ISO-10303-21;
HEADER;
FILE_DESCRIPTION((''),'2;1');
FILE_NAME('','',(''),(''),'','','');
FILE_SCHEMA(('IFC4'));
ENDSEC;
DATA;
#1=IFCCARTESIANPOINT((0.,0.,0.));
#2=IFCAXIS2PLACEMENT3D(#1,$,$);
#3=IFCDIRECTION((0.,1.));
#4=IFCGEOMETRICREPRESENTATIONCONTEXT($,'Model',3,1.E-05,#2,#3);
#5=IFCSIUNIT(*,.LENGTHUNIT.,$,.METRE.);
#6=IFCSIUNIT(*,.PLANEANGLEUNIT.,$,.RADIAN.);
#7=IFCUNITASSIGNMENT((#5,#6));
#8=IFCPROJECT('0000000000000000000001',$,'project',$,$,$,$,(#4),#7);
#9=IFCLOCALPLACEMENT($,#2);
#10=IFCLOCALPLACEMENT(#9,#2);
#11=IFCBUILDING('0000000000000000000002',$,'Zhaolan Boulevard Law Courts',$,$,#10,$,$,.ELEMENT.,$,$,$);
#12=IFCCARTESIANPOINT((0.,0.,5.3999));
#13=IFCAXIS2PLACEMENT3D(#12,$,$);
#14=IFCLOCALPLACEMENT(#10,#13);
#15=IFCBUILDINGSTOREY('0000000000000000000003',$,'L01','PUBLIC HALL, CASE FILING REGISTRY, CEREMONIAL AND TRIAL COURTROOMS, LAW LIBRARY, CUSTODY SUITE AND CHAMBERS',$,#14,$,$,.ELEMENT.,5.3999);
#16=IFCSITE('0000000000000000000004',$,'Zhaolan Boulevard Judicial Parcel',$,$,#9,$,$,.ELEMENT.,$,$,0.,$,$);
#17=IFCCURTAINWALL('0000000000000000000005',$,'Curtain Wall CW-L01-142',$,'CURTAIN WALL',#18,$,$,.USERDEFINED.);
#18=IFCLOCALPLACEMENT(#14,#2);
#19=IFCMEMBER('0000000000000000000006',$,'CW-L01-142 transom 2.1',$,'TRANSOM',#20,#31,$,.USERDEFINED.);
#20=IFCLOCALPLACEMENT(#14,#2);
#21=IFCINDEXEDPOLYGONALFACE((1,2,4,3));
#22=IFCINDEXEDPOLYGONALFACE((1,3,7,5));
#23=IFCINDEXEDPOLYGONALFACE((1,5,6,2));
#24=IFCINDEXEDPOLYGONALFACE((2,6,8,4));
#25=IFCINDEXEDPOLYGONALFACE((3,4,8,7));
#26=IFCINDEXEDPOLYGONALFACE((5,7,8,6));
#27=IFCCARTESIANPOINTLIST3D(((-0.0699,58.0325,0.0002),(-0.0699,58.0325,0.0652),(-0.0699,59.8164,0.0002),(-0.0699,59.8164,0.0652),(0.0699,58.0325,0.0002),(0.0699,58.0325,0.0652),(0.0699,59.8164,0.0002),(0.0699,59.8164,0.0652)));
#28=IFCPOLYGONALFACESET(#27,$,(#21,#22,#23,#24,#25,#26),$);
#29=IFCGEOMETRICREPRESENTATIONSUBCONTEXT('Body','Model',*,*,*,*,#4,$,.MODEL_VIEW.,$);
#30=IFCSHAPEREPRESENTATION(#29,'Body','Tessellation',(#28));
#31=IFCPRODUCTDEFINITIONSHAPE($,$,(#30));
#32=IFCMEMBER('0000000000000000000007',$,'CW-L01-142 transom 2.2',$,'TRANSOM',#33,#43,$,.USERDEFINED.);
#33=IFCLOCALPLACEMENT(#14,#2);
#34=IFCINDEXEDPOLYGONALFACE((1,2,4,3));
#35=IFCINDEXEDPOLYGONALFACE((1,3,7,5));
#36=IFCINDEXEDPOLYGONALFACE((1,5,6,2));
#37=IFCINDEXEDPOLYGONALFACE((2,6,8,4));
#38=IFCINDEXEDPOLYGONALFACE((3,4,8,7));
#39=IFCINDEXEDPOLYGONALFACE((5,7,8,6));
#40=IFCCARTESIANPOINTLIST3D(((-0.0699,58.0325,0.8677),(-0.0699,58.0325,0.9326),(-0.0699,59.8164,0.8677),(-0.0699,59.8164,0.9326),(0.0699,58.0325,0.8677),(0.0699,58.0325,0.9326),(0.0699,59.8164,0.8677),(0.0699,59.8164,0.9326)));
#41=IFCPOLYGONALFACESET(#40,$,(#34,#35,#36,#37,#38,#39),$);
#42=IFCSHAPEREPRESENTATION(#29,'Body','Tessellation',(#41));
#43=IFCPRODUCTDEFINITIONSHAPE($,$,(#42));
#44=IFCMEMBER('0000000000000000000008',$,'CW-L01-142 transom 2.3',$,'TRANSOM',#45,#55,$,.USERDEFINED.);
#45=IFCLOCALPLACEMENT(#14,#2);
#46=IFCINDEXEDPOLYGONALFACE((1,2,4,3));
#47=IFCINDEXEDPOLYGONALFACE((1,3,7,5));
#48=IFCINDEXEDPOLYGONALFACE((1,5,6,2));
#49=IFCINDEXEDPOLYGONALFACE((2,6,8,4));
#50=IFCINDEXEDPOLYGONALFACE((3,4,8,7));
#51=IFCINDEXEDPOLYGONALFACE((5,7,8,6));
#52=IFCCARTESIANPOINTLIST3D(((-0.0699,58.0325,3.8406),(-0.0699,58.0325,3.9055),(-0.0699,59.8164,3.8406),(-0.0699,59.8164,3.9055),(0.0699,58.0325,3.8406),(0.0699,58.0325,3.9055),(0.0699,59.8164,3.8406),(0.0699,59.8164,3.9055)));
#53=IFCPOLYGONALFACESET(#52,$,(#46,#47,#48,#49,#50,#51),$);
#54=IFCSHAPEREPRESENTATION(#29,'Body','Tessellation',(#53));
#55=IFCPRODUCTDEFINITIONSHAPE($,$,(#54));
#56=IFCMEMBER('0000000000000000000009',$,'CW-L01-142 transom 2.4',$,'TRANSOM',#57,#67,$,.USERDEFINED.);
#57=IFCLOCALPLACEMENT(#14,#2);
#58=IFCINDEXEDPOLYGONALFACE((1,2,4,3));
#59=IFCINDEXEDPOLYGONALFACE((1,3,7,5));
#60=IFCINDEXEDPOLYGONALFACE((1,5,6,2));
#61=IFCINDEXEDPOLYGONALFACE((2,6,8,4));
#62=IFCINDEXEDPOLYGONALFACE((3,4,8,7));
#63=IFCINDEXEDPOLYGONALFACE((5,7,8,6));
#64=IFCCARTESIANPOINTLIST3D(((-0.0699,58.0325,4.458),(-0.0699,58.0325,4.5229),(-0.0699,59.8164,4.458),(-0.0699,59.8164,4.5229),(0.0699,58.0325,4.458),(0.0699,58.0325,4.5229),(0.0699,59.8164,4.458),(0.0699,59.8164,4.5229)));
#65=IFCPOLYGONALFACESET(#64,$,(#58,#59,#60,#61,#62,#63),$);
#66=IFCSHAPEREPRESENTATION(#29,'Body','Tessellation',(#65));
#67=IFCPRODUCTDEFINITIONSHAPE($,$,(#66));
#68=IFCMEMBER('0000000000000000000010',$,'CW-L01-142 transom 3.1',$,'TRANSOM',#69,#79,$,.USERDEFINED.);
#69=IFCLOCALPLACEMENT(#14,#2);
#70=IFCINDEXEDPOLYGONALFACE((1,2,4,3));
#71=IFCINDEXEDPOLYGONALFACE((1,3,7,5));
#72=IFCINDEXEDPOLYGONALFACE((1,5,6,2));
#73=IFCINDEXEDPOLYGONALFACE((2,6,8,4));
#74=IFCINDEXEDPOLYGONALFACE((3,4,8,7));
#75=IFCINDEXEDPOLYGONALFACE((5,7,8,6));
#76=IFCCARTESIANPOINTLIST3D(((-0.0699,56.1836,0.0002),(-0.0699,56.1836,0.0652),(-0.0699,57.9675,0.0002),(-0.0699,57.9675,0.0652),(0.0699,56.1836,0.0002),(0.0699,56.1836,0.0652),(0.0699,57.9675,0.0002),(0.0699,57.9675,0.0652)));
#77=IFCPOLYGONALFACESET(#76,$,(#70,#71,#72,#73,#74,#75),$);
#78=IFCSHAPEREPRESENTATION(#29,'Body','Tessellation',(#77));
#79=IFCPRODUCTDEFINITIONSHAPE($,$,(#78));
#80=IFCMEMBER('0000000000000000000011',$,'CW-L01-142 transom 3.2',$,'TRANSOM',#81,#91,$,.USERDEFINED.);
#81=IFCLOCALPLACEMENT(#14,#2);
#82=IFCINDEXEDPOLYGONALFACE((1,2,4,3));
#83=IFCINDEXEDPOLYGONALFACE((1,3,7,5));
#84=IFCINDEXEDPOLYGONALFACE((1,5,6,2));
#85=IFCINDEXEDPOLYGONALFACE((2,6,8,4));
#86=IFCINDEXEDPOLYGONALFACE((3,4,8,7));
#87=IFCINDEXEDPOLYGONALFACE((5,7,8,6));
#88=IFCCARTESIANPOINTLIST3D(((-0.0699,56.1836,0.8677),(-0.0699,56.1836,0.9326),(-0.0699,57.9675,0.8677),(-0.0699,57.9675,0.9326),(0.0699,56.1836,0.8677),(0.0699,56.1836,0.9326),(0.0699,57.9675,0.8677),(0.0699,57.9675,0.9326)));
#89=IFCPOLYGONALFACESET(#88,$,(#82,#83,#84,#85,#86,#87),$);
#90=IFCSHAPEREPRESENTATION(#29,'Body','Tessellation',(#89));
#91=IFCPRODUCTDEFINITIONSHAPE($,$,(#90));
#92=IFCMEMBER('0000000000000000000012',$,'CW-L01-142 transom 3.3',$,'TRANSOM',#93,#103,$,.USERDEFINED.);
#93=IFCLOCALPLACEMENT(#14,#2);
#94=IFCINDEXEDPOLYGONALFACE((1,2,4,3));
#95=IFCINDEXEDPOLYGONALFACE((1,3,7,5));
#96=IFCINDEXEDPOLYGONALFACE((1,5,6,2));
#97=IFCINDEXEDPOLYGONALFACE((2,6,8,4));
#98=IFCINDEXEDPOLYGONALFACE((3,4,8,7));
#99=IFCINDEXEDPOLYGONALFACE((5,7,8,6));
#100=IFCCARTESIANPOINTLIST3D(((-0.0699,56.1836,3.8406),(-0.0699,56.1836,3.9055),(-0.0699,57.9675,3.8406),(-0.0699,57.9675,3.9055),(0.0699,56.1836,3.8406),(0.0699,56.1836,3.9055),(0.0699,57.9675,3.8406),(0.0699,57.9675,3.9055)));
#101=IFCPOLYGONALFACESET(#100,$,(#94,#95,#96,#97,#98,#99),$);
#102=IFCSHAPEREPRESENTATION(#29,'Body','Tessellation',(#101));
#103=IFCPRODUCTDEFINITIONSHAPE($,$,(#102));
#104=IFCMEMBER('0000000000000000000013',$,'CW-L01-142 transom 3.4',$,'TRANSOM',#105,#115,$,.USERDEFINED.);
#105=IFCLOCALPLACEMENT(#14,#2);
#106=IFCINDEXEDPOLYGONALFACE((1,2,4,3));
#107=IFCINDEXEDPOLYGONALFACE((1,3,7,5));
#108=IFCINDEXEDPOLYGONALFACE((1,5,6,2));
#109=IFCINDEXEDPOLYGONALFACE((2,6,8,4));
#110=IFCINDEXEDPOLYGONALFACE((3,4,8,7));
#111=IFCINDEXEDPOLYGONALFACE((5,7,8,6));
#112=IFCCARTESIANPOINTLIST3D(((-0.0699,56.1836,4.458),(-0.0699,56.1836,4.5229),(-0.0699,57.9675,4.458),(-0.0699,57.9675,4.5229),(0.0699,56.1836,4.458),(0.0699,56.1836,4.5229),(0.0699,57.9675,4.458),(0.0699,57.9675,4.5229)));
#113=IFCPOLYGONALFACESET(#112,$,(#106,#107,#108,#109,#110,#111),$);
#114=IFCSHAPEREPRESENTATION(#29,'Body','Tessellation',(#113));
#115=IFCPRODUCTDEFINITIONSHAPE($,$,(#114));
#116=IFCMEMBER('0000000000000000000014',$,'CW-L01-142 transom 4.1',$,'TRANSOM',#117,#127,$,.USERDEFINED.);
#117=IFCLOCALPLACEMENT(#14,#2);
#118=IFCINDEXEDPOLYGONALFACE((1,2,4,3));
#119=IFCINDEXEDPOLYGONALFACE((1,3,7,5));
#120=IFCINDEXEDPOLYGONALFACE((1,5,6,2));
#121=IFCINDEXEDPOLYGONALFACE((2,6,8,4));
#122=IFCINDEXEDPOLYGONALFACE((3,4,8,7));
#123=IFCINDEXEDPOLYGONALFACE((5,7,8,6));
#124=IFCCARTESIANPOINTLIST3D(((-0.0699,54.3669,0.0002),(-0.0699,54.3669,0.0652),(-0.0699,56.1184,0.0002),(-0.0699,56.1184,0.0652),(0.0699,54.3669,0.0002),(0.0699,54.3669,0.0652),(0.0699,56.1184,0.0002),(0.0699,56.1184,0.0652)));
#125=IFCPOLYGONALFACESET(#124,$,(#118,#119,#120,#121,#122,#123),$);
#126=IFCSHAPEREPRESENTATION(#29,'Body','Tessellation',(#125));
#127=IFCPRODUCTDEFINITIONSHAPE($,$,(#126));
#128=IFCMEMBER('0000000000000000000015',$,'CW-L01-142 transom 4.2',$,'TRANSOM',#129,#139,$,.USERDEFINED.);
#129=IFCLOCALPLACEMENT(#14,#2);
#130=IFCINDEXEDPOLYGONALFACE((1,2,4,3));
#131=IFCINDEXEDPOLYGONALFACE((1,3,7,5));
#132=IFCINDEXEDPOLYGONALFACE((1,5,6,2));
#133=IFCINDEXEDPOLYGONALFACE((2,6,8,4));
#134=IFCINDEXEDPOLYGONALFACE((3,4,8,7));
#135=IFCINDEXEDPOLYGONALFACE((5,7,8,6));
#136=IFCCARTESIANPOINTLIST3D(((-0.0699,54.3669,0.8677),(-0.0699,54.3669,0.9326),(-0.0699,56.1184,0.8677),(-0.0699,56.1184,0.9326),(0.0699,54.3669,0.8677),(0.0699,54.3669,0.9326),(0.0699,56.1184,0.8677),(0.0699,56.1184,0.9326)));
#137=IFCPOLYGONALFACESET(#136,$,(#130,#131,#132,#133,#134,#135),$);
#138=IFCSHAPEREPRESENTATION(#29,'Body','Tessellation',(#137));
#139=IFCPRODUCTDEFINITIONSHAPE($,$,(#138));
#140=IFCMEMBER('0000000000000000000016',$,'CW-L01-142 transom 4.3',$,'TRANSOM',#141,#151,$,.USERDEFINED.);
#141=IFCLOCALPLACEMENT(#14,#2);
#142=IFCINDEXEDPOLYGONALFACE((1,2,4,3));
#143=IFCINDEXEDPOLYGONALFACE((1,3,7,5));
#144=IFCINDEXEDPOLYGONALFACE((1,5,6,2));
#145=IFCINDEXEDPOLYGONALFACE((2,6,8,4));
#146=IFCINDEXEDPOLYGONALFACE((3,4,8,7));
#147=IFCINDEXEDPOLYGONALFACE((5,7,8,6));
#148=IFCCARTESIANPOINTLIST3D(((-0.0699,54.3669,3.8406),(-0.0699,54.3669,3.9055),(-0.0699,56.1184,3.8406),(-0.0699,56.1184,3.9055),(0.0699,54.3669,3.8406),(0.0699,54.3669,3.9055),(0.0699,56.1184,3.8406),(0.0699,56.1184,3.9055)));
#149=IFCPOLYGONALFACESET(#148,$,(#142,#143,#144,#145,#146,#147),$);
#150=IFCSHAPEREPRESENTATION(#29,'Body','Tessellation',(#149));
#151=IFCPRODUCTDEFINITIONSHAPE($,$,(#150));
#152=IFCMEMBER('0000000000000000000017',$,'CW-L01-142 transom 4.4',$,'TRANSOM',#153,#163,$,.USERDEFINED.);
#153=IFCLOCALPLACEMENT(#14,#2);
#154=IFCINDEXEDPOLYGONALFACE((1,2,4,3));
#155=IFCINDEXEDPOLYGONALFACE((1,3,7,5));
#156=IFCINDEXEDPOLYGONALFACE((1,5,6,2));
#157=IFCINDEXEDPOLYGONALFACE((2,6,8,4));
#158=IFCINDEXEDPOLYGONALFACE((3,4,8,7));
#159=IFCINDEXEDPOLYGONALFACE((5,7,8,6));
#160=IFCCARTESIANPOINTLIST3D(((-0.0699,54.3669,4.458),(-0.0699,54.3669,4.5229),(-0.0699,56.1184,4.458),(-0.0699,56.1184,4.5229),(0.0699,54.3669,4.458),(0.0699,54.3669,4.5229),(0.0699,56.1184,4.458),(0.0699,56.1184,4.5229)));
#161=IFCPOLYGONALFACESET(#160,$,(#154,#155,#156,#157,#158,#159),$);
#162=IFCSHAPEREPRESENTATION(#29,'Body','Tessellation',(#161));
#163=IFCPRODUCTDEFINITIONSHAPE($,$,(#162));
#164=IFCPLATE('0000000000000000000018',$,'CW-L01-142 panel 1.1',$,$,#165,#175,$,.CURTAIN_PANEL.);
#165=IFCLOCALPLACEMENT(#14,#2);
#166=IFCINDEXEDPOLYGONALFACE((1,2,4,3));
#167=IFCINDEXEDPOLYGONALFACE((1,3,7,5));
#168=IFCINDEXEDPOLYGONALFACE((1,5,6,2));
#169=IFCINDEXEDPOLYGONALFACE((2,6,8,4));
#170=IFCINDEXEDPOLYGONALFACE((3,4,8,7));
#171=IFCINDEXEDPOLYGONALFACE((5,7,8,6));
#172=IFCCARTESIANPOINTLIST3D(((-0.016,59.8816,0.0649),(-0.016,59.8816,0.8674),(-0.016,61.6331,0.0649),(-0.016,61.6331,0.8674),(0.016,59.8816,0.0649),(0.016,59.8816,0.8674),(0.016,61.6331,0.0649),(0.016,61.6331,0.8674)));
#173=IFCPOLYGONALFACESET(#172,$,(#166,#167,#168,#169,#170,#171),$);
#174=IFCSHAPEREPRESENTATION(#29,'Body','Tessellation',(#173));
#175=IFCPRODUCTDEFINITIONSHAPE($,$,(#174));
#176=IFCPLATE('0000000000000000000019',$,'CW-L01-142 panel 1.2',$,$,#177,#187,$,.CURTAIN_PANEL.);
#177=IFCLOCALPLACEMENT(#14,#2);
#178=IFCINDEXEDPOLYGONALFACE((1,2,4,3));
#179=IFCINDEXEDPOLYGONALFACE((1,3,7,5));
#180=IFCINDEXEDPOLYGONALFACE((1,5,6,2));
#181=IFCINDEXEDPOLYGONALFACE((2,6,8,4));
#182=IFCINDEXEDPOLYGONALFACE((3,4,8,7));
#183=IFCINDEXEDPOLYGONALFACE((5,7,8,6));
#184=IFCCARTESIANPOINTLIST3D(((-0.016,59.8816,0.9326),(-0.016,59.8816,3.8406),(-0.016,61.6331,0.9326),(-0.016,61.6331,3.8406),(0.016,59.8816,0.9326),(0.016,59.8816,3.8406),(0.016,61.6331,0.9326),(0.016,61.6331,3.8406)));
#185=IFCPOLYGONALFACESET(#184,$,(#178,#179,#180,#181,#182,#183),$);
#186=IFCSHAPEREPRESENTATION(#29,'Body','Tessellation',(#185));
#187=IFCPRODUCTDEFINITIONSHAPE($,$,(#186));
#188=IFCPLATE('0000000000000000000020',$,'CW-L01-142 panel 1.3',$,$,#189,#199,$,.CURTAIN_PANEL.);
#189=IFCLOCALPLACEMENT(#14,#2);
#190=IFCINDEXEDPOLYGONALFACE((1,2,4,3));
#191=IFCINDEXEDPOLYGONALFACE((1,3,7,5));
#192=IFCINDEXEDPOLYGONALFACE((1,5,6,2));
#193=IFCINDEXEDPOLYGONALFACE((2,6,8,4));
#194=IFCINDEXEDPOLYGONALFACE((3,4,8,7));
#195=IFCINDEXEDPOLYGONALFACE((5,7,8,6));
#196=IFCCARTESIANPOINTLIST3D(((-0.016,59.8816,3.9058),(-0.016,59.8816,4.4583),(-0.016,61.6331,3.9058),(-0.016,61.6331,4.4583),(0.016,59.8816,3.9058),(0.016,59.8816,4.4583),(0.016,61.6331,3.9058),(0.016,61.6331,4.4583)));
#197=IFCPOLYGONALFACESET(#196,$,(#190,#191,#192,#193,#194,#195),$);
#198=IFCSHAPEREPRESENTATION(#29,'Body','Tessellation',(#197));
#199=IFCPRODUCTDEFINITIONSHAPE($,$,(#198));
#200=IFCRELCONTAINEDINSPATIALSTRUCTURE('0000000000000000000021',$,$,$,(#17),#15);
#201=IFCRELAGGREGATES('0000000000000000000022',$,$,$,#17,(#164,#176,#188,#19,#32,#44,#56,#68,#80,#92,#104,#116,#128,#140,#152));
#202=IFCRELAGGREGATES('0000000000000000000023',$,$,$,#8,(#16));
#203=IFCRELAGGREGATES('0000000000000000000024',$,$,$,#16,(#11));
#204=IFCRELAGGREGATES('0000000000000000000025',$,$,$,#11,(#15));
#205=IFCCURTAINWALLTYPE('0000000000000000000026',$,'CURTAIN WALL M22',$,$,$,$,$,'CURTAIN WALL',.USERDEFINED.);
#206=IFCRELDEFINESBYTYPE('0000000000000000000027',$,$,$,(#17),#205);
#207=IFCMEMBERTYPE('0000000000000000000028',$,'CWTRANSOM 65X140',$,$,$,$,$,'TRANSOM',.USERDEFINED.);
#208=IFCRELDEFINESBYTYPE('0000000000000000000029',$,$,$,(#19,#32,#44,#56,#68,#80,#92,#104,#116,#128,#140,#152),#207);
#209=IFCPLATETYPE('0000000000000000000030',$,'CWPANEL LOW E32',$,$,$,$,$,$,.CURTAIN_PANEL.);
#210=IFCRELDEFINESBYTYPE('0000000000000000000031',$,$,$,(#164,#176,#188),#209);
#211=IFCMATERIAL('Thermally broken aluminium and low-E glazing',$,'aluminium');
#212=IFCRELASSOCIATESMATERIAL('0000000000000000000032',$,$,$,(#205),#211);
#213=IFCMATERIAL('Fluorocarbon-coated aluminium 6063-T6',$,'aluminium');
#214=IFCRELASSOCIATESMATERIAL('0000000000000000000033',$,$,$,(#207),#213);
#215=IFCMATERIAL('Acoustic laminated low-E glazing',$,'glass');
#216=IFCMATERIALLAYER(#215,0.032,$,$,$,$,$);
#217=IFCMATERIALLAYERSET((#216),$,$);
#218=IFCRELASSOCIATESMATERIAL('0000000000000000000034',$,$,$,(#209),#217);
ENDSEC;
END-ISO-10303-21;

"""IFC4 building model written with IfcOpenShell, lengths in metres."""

from ifc_helpers import new_model, si_unit, direction, frame, origin, origin_2d, place, context, subcontext, project, spatial, rectangle, extrude, material, layer, layer_set, material_profile, profile_set, type_object, element, aggregate, save


model = new_model("IFC4")

# Units and contexts
model_context = context("Model", 3, precision=1e-05, world=origin(), true_north=direction((0.0, 1.0)))
body_context = subcontext(model_context, "Body", "Model", "MODEL_VIEW")
ifc_project = project(units=[si_unit("LENGTHUNIT", "METRE"), si_unit("PLANEANGLEUNIT", "RADIAN")], contexts=[model_context])

# Site, building, storey
site_placement = place(None, origin())
site = spatial("IfcSite", under=ifc_project, at=site_placement, Name="Zhaolan Boulevard Judicial Parcel", CompositionType="ELEMENT", RefElevation=0.0)
building_placement = place(site_placement, origin())
building = spatial("IfcBuilding", under=site, at=building_placement, Name="Zhaolan Boulevard Law Courts", CompositionType="ELEMENT")
storey_placement = place(building_placement, frame((0.0, 0.0, 5.3999)))
storey = spatial("IfcBuildingStorey", under=building, at=storey_placement, Name="L01", Description="PUBLIC HALL, CASE FILING REGISTRY, CEREMONIAL AND TRIAL COURTROOMS, LAW LIBRARY, CUSTODY SUITE AND CHAMBERS", CompositionType="ELEMENT", Elevation=5.3999)

# Curtain wall, members, plates
ifc_material_1 = material(Name="Thermally broken aluminium and low-E glazing", Category="aluminium")
curtain_wall_type = type_object("IfcCurtainWallType", Name="CURTAIN WALL M22", ElementType="CURTAIN WALL", PredefinedType="USERDEFINED", material=ifc_material_1)
curtain_wall_placement = place(storey_placement, origin())
curtain_wall = element("IfcCurtainWall", 1, at=curtain_wall_placement, inside=storey, type_object=curtain_wall_type, Name="Curtain Wall CW-L01-142", ObjectType="CURTAIN WALL", PredefinedType="USERDEFINED")
ifc_material_2 = material(Name="Fluorocarbon-coated aluminium 6063-T6", Category="aluminium")
ifc_material_profile_1 = material_profile(ifc_material_2, rectangle(XDim=0.1399, YDim=0.0649, at=origin_2d()), Name="AL65x140")
ifc_profile_set_1 = profile_set([ifc_material_profile_1], Name="Fluorocarbon-coated aluminium 6063-T6")
member_type_1 = type_object("IfcMemberType", Name="CWTRANSOM 65X140", ElementType="TRANSOM", PredefinedType="USERDEFINED", material=ifc_profile_set_1)
member_1_placement = place(storey_placement, frame((0.0, 59.8164, 0.0327), z_axis=(0.0, -1.0, 0.0), x_axis=(1.0, 0.0, 0.0)))
member_1 = element("IfcMember", 2, at=member_1_placement, type_object=member_type_1, Name="CW-L01-142 transom 2.1", ObjectType="TRANSOM", PredefinedType="USERDEFINED", context=body_context, shape_type="SweptSolid", body=[
    extrude(rectangle(XDim=0.1399, YDim=0.0649, at=origin_2d()), origin(), (0.0, 0.0, 1.0), 1.7839),
])
member_2_placement = place(storey_placement, frame((0.0, 59.8164, 0.9001), z_axis=(0.0, -1.0, 0.0), x_axis=(1.0, 0.0, 0.0)))
member_2 = element("IfcMember", 3, at=member_2_placement, type_object=member_type_1, Name="CW-L01-142 transom 2.2", ObjectType="TRANSOM", PredefinedType="USERDEFINED", context=body_context, shape_type="SweptSolid", body=[
    extrude(rectangle(XDim=0.1399, YDim=0.0649, at=origin_2d()), origin(), (0.0, 0.0, 1.0), 1.7839),
])
member_3_placement = place(storey_placement, frame((0.0, 59.8164, 3.873), z_axis=(0.0, -1.0, 0.0), x_axis=(1.0, 0.0, 0.0)))
member_3 = element("IfcMember", 4, at=member_3_placement, type_object=member_type_1, Name="CW-L01-142 transom 2.3", ObjectType="TRANSOM", PredefinedType="USERDEFINED", context=body_context, shape_type="SweptSolid", body=[
    extrude(rectangle(XDim=0.1399, YDim=0.0649, at=origin_2d()), origin(), (0.0, 0.0, 1.0), 1.7839),
])
member_4_placement = place(storey_placement, frame((0.0, 59.8164, 4.4905), z_axis=(0.0, -1.0, 0.0), x_axis=(1.0, 0.0, 0.0)))
member_4 = element("IfcMember", 5, at=member_4_placement, type_object=member_type_1, Name="CW-L01-142 transom 2.4", ObjectType="TRANSOM", PredefinedType="USERDEFINED", context=body_context, shape_type="SweptSolid", body=[
    extrude(rectangle(XDim=0.1399, YDim=0.0649, at=origin_2d()), origin(), (0.0, 0.0, 1.0), 1.7839),
])
member_5_placement = place(storey_placement, frame((0.0, 57.9675, 0.0327), z_axis=(0.0, -1.0, 0.0), x_axis=(1.0, 0.0, 0.0)))
member_5 = element("IfcMember", 6, at=member_5_placement, type_object=member_type_1, Name="CW-L01-142 transom 3.1", ObjectType="TRANSOM", PredefinedType="USERDEFINED", context=body_context, shape_type="SweptSolid", body=[
    extrude(rectangle(XDim=0.1399, YDim=0.0649, at=origin_2d()), origin(), (0.0, 0.0, 1.0), 1.7839),
])
member_6_placement = place(storey_placement, frame((0.0, 57.9675, 0.9001), z_axis=(0.0, -1.0, 0.0), x_axis=(1.0, 0.0, 0.0)))
member_6 = element("IfcMember", 7, at=member_6_placement, type_object=member_type_1, Name="CW-L01-142 transom 3.2", ObjectType="TRANSOM", PredefinedType="USERDEFINED", context=body_context, shape_type="SweptSolid", body=[
    extrude(rectangle(XDim=0.1399, YDim=0.0649, at=origin_2d()), origin(), (0.0, 0.0, 1.0), 1.7839),
])
member_7_placement = place(storey_placement, frame((0.0, 57.9675, 3.873), z_axis=(0.0, -1.0, 0.0), x_axis=(1.0, 0.0, 0.0)))
member_7 = element("IfcMember", 8, at=member_7_placement, type_object=member_type_1, Name="CW-L01-142 transom 3.3", ObjectType="TRANSOM", PredefinedType="USERDEFINED", context=body_context, shape_type="SweptSolid", body=[
    extrude(rectangle(XDim=0.1399, YDim=0.0649, at=origin_2d()), origin(), (0.0, 0.0, 1.0), 1.7839),
])
member_8_placement = place(storey_placement, frame((0.0, 57.9675, 4.4905), z_axis=(0.0, -1.0, 0.0), x_axis=(1.0, 0.0, 0.0)))
member_8 = element("IfcMember", 9, at=member_8_placement, type_object=member_type_1, Name="CW-L01-142 transom 3.4", ObjectType="TRANSOM", PredefinedType="USERDEFINED", context=body_context, shape_type="SweptSolid", body=[
    extrude(rectangle(XDim=0.1399, YDim=0.0649, at=origin_2d()), origin(), (0.0, 0.0, 1.0), 1.7839),
])
member_9_placement = place(storey_placement, frame((0.0, 56.1184, 0.0327), z_axis=(0.0, -1.0, 0.0), x_axis=(1.0, 0.0, 0.0)))
member_9 = element("IfcMember", 10, at=member_9_placement, type_object=member_type_1, Name="CW-L01-142 transom 4.1", ObjectType="TRANSOM", PredefinedType="USERDEFINED", context=body_context, shape_type="SweptSolid", body=[
    extrude(rectangle(XDim=0.1399, YDim=0.0649, at=origin_2d()), origin(), (0.0, 0.0, 1.0), 1.7515),
])
member_10_placement = place(storey_placement, frame((0.0, 56.1184, 0.9001), z_axis=(0.0, -1.0, 0.0), x_axis=(1.0, 0.0, 0.0)))
member_10 = element("IfcMember", 11, at=member_10_placement, type_object=member_type_1, Name="CW-L01-142 transom 4.2", ObjectType="TRANSOM", PredefinedType="USERDEFINED", context=body_context, shape_type="SweptSolid", body=[
    extrude(rectangle(XDim=0.1399, YDim=0.0649, at=origin_2d()), origin(), (0.0, 0.0, 1.0), 1.7515),
])
member_11_placement = place(storey_placement, frame((0.0, 56.1184, 3.873), z_axis=(0.0, -1.0, 0.0), x_axis=(1.0, 0.0, 0.0)))
member_11 = element("IfcMember", 12, at=member_11_placement, type_object=member_type_1, Name="CW-L01-142 transom 4.3", ObjectType="TRANSOM", PredefinedType="USERDEFINED", context=body_context, shape_type="SweptSolid", body=[
    extrude(rectangle(XDim=0.1399, YDim=0.0649, at=origin_2d()), origin(), (0.0, 0.0, 1.0), 1.7515),
])
member_12_placement = place(storey_placement, frame((0.0, 56.1184, 4.4905), z_axis=(0.0, -1.0, 0.0), x_axis=(1.0, 0.0, 0.0)))
member_12 = element("IfcMember", 13, at=member_12_placement, type_object=member_type_1, Name="CW-L01-142 transom 4.4", ObjectType="TRANSOM", PredefinedType="USERDEFINED", context=body_context, shape_type="SweptSolid", body=[
    extrude(rectangle(XDim=0.1399, YDim=0.0649, at=origin_2d()), origin(), (0.0, 0.0, 1.0), 1.7515),
])
ifc_material_3 = material(Name="Acoustic laminated low-E glazing", Category="glass")
ifc_layer_1 = layer(ifc_material_3, 0.032)
ifc_layer_set_1 = layer_set([ifc_layer_1])
plate_type_1 = type_object("IfcPlateType", Name="CWPANEL LOW E32", PredefinedType="CURTAIN_PANEL", material=ifc_layer_set_1)
plate_1_placement = place(storey_placement, frame((0.0, 60.7573, 0.0649), z_axis=(0.0, 0.0, 1.0), x_axis=(0.0, -1.0, 0.0)))
plate_1 = element("IfcPlate", 14, at=plate_1_placement, type_object=plate_type_1, Name="CW-L01-142 panel 1.1", PredefinedType="CURTAIN_PANEL", context=body_context, shape_type="SweptSolid", body=[
    extrude(rectangle(XDim=1.7515, YDim=0.032, at=origin_2d()), origin(), (0.0, 0.0, 1.0), 0.8025),
])
plate_2_placement = place(storey_placement, frame((0.0, 60.7573, 0.9326), z_axis=(0.0, 0.0, 1.0), x_axis=(0.0, -1.0, 0.0)))
plate_2 = element("IfcPlate", 15, at=plate_2_placement, type_object=plate_type_1, Name="CW-L01-142 panel 1.2", PredefinedType="CURTAIN_PANEL", context=body_context, shape_type="SweptSolid", body=[
    extrude(rectangle(XDim=1.7515, YDim=0.032, at=origin_2d()), origin(), (0.0, 0.0, 1.0), 2.908),
])
plate_3_placement = place(storey_placement, frame((0.0, 60.7573, 3.9058), z_axis=(0.0, 0.0, 1.0), x_axis=(0.0, -1.0, 0.0)))
plate_3 = element("IfcPlate", 16, at=plate_3_placement, type_object=plate_type_1, Name="CW-L01-142 panel 1.3", PredefinedType="CURTAIN_PANEL", context=body_context, shape_type="SweptSolid", body=[
    extrude(rectangle(XDim=1.7515, YDim=0.032, at=origin_2d()), origin(), (0.0, 0.0, 1.0), 0.5525),
])
aggregate(curtain_wall, [plate_1, plate_2, plate_3, member_1, member_2, member_3, member_4, member_5, member_6, member_7, member_8, member_9, member_10, member_11, member_12])

save(model, "model.ifc")
